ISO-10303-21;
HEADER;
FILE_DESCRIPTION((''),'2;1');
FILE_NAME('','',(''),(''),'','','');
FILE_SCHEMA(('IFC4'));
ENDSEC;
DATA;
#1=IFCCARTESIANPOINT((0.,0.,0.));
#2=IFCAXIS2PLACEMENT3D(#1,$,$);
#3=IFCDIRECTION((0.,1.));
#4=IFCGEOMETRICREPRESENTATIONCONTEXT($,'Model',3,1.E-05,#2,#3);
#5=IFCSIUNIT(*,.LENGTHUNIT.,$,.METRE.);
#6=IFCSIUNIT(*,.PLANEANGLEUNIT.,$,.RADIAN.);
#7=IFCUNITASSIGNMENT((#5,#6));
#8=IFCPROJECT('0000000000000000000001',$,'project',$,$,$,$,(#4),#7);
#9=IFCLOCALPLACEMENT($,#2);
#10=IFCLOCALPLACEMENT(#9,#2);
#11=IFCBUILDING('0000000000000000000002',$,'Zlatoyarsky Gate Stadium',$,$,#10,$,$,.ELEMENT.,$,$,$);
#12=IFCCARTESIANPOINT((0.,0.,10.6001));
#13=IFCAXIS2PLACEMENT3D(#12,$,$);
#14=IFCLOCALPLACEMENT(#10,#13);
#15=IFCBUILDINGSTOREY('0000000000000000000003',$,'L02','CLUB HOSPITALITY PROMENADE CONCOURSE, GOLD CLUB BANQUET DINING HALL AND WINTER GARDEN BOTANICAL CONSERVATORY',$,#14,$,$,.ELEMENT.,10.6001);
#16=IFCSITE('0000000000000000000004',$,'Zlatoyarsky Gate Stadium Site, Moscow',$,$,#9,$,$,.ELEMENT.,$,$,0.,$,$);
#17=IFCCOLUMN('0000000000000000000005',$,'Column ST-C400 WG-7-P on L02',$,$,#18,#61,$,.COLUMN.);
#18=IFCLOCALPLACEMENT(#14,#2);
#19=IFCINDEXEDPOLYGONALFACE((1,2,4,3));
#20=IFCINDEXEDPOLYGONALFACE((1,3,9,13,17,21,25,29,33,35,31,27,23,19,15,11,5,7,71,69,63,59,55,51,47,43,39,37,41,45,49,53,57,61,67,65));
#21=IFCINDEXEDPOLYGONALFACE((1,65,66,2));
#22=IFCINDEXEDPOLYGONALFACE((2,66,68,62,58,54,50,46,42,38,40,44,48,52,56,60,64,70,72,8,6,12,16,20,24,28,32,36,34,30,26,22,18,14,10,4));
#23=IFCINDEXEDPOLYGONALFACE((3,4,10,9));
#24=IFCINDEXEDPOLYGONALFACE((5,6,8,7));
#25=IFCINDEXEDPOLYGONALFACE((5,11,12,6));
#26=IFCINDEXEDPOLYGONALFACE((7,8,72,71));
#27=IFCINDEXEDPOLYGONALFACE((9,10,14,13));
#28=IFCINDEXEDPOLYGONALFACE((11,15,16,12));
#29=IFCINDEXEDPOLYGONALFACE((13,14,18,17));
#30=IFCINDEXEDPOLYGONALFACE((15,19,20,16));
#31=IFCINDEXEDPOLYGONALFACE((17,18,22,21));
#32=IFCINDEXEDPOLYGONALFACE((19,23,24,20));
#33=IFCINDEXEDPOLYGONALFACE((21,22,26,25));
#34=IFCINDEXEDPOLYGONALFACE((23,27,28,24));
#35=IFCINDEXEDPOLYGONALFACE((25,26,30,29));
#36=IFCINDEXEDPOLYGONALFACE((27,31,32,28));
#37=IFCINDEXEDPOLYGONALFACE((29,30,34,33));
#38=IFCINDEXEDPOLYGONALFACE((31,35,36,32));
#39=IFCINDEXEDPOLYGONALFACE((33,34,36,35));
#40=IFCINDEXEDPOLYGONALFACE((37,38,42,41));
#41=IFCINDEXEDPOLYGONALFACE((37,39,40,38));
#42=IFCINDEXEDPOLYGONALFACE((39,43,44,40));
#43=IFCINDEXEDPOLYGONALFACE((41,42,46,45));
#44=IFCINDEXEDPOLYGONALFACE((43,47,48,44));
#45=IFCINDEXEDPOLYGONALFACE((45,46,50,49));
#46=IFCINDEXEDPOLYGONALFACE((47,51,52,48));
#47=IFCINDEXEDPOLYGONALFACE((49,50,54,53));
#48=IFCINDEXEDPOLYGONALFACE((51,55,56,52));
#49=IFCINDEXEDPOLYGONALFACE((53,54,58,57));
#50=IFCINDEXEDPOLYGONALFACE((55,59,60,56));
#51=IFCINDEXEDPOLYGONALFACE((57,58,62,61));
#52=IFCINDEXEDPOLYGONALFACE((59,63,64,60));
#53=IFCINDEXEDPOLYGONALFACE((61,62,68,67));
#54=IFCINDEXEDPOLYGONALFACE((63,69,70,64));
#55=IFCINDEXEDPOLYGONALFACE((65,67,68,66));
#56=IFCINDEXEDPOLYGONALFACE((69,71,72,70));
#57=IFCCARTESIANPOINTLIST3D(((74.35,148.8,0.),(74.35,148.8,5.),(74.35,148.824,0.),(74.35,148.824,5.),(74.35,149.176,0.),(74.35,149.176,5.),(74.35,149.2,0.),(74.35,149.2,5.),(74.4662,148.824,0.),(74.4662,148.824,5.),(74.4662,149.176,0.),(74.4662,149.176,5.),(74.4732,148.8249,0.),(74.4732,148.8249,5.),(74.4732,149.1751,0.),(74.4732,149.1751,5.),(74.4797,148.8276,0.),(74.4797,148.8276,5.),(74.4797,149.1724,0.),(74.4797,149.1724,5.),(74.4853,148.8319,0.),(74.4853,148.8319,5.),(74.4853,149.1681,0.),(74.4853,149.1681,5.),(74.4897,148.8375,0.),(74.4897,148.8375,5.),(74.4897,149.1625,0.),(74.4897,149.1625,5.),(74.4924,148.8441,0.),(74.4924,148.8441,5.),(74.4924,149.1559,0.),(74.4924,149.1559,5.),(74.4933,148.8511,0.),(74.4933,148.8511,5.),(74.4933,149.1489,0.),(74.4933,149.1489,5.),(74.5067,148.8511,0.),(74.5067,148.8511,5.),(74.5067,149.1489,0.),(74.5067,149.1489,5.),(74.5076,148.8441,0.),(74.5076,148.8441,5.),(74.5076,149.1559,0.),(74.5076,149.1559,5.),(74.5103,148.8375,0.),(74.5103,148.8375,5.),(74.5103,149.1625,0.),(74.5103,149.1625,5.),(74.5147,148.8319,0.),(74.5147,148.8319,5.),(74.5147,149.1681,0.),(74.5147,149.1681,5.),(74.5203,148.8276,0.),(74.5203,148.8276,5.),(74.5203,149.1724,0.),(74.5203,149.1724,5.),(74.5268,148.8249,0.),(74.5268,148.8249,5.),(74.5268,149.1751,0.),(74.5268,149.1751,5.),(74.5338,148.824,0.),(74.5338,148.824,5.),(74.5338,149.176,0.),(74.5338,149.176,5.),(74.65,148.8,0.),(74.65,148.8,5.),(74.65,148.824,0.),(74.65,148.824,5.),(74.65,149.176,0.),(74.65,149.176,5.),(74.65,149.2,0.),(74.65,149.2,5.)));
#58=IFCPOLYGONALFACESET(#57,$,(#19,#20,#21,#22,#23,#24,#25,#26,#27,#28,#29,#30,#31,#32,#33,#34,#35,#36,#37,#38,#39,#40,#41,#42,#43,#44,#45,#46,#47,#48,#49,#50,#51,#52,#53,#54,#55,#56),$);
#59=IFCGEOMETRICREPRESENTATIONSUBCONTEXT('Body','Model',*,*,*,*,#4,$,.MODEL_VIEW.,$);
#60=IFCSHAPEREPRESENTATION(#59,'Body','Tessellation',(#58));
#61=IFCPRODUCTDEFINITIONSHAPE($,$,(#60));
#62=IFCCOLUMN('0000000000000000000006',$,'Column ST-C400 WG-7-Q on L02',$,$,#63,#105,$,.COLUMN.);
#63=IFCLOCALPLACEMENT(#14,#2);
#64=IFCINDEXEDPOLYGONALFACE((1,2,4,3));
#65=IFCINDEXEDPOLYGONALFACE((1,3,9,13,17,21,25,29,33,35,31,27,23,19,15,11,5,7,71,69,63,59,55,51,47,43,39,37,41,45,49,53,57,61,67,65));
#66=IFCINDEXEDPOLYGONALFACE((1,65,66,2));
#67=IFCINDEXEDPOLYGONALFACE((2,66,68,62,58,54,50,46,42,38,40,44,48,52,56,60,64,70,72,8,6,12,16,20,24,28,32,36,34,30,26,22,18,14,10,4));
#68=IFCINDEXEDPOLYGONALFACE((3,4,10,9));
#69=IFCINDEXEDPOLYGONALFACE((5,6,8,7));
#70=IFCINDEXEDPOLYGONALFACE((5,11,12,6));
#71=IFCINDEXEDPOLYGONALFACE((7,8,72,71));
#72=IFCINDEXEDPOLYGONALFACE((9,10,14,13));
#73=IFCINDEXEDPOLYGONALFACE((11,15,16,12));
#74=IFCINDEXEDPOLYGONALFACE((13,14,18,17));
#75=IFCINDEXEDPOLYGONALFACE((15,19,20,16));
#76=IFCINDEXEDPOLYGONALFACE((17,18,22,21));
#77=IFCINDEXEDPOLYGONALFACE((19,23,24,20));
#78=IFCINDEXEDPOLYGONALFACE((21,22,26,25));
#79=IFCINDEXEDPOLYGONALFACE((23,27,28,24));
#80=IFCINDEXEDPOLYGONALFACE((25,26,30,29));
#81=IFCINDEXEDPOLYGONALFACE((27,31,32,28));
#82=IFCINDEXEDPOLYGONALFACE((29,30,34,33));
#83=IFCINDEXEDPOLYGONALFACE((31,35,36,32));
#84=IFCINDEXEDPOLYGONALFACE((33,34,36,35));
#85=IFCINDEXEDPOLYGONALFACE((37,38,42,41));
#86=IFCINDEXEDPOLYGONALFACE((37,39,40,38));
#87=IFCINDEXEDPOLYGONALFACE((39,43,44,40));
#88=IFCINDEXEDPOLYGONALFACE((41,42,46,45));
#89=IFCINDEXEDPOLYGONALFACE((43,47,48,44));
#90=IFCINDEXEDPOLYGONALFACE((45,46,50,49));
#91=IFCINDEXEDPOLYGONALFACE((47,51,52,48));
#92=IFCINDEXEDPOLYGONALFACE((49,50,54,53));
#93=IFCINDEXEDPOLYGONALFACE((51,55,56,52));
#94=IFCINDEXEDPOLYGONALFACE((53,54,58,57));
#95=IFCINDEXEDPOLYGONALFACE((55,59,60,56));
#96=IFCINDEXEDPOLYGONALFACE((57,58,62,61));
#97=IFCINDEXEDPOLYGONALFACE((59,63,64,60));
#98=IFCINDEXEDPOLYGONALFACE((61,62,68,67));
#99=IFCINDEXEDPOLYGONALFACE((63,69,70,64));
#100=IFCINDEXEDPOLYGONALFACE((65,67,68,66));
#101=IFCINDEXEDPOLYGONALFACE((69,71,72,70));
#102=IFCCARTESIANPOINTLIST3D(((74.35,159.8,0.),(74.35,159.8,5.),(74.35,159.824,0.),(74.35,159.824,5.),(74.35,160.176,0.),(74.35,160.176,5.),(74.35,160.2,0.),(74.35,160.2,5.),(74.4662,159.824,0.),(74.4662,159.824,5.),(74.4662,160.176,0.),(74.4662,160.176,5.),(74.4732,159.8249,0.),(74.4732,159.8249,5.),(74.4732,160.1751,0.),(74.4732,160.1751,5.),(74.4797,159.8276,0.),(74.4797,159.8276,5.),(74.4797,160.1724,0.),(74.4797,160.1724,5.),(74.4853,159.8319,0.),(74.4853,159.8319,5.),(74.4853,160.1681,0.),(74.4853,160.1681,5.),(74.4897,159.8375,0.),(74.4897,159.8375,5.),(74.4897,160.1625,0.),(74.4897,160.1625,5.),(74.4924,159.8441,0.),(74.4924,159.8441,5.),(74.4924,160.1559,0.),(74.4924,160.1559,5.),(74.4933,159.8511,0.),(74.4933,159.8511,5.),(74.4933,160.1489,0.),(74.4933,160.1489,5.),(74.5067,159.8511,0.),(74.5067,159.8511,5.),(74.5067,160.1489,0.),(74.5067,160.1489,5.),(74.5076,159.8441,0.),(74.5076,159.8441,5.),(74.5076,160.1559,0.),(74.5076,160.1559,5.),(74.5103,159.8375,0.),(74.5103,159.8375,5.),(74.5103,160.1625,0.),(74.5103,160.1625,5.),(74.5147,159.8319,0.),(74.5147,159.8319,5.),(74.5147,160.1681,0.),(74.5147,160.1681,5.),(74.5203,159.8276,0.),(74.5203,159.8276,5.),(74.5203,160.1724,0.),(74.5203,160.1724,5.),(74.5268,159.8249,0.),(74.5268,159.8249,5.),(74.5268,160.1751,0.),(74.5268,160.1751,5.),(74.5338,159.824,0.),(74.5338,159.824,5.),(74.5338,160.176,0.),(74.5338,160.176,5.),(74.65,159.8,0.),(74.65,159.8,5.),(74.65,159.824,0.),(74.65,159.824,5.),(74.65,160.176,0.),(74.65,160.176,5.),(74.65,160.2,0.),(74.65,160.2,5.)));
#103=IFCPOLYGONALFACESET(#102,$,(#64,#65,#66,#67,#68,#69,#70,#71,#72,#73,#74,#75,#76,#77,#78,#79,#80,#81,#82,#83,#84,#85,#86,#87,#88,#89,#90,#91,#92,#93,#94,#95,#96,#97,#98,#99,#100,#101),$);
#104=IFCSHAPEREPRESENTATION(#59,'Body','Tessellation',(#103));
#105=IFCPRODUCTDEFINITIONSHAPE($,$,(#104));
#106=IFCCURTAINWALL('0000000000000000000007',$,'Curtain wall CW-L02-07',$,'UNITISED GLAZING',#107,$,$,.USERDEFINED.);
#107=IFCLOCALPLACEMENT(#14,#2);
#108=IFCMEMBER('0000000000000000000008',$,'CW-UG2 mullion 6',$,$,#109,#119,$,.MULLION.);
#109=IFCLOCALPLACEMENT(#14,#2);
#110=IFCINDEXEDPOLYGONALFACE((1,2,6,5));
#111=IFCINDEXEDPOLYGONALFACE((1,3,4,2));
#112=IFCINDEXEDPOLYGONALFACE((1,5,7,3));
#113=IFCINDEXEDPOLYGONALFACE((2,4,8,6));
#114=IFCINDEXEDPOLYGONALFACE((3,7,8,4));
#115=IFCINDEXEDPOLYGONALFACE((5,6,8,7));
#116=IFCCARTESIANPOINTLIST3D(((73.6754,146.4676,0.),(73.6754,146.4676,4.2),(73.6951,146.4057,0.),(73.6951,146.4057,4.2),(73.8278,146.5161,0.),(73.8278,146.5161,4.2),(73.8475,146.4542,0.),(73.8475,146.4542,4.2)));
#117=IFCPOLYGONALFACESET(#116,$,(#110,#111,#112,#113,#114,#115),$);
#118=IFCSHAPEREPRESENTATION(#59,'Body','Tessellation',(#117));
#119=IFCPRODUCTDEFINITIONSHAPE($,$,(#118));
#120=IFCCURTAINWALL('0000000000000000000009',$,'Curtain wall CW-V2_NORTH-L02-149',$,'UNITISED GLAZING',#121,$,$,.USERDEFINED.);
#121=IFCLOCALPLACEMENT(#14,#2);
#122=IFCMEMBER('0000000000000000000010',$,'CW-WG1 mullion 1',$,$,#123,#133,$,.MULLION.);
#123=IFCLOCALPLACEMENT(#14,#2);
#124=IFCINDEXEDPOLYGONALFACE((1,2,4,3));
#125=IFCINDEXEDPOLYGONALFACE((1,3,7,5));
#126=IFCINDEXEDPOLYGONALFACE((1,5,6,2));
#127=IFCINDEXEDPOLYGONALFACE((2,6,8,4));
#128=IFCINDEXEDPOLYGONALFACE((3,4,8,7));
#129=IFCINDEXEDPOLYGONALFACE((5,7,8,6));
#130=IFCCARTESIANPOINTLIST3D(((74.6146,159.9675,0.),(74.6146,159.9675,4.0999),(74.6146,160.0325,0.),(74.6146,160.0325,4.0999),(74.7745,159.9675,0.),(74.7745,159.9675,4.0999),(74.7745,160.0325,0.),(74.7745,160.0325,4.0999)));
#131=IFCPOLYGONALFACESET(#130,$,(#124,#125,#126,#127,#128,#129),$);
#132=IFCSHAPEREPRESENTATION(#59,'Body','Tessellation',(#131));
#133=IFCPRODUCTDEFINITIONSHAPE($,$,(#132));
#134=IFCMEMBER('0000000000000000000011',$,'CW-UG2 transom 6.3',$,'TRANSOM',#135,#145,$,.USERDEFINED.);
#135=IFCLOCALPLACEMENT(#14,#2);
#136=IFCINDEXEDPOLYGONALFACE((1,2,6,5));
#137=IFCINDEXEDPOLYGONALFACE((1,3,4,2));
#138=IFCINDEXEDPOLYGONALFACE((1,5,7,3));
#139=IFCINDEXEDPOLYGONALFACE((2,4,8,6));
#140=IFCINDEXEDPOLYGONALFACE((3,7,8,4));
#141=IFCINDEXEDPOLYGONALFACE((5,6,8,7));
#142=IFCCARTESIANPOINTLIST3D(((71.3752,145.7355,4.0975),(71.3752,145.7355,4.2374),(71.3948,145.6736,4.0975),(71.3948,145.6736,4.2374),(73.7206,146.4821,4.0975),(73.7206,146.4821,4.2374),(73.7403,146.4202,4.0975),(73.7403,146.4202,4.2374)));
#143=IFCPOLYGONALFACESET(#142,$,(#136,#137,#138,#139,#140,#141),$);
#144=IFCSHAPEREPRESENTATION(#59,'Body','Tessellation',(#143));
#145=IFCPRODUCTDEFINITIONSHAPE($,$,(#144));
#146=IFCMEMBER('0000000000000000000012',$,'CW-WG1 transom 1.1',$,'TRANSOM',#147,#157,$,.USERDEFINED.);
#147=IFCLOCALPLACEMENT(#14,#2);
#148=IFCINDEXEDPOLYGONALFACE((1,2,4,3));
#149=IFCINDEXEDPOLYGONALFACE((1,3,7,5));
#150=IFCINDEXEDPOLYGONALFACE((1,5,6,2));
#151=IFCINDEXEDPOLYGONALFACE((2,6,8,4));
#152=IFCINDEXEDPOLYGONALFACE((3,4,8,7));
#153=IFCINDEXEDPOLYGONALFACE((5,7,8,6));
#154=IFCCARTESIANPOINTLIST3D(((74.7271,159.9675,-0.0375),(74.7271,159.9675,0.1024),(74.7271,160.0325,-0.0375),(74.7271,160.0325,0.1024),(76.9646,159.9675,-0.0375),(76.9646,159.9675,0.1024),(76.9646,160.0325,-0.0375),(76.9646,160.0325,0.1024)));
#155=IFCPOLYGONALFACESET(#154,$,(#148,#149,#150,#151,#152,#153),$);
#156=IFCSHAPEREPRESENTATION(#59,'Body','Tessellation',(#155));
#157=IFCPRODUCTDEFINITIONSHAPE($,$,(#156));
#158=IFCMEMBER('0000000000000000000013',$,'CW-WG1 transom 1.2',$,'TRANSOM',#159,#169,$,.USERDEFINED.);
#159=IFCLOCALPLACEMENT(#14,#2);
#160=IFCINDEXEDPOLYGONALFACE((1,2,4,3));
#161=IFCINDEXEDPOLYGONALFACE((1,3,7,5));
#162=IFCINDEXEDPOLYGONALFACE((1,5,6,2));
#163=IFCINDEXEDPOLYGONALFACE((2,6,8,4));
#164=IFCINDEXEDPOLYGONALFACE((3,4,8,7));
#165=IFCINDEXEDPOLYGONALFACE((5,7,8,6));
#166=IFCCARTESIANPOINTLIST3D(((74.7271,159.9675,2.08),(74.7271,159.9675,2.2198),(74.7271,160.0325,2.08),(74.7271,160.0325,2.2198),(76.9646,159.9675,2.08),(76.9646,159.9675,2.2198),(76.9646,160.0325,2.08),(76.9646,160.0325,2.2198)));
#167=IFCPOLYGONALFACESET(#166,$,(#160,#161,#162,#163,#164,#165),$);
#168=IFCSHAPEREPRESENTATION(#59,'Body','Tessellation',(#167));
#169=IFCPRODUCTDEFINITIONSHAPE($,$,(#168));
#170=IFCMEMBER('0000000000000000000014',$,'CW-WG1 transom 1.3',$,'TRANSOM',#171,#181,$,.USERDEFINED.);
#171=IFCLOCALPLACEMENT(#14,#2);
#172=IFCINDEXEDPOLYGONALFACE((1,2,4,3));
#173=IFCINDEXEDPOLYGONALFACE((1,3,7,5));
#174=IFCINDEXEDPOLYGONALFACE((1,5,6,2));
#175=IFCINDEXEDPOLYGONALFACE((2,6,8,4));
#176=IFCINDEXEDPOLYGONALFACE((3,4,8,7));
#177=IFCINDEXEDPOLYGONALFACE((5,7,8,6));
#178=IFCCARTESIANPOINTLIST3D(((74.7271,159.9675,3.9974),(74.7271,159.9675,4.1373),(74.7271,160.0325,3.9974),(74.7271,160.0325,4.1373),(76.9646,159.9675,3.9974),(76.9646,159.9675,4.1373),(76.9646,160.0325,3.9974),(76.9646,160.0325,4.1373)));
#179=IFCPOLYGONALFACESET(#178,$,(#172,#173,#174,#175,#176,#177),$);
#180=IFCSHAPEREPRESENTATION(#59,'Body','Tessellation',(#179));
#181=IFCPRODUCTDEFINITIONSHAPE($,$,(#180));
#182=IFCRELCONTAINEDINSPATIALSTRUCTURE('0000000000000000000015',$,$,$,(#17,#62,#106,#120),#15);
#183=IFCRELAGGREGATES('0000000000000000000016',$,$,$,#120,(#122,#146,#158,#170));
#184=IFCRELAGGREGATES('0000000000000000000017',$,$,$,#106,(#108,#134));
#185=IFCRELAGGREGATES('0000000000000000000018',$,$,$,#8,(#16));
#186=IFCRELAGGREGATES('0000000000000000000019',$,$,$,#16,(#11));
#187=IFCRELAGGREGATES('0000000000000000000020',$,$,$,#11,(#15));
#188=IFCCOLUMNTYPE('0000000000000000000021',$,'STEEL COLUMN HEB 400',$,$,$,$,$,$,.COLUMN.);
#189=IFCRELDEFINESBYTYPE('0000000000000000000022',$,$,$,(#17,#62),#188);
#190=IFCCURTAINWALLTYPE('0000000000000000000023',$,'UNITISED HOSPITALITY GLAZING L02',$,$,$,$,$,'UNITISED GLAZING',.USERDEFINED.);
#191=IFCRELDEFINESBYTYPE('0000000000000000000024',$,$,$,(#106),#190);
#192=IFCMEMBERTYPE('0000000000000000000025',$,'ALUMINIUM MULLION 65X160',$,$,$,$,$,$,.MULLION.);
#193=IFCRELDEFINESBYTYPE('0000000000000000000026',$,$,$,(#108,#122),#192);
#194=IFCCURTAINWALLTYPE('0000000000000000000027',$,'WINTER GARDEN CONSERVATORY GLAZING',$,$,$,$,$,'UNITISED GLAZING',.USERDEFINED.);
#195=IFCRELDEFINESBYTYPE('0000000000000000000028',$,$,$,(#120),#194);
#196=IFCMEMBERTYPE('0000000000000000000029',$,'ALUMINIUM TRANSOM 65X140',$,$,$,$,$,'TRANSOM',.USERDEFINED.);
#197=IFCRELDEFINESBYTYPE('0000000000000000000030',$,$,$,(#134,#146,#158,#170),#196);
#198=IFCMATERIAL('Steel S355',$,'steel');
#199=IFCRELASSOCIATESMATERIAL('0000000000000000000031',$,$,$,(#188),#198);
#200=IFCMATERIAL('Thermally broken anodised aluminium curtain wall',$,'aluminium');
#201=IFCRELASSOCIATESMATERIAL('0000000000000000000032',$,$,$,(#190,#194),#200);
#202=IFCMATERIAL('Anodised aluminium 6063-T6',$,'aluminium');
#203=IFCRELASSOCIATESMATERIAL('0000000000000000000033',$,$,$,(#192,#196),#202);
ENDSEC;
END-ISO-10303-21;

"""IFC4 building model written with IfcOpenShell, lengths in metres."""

from ifc_helpers import new_model, si_unit, direction, frame, origin, origin_2d, place, context, subcontext, project, spatial, rectangle, i_section, extrude, material, material_profile, profile_set, type_object, element, aggregate, save


model = new_model("IFC4")

# Units and contexts
model_context = context("Model", 3, precision=1e-05, world=origin(), true_north=direction((0.0, 1.0)))
body_context = subcontext(model_context, "Body", "Model", "MODEL_VIEW")
ifc_project = project(units=[si_unit("LENGTHUNIT", "METRE"), si_unit("PLANEANGLEUNIT", "RADIAN")], contexts=[model_context])

# Site, building, storey
site_placement = place(None, origin())
site = spatial("IfcSite", under=ifc_project, at=site_placement, Name="Zlatoyarsky Gate Stadium Site, Moscow", CompositionType="ELEMENT", RefElevation=0.0)
building_placement = place(site_placement, origin())
building = spatial("IfcBuilding", under=site, at=building_placement, Name="Zlatoyarsky Gate Stadium", CompositionType="ELEMENT")
storey_placement = place(building_placement, frame((0.0, 0.0, 10.6001)))
storey = spatial("IfcBuildingStorey", under=building, at=storey_placement, Name="L02", Description="CLUB HOSPITALITY PROMENADE CONCOURSE, GOLD CLUB BANQUET DINING HALL AND WINTER GARDEN BOTANICAL CONSERVATORY", CompositionType="ELEMENT", Elevation=10.6001)

# Columns
ifc_material_1 = material(Name="Steel S355", Category="steel")
ifc_material_profile_1 = material_profile(ifc_material_1, i_section(OverallWidth=0.3, OverallDepth=0.3999, WebThickness=0.0134, FlangeThickness=0.0239, FilletRadius=0.0271, at=origin_2d()), Name="HEB 400")
ifc_profile_set_1 = profile_set([ifc_material_profile_1], Name="Steel S355")
column_type = type_object("IfcColumnType", Name="STEEL COLUMN HEB 400", PredefinedType="COLUMN", material=ifc_profile_set_1)
for number, where, z_axis, x_axis, name in (
    (1, (74.5, 149.0, 0.0), (0.0, 0.0, 1.0), (1.0, 0.0, 0.0), "Column ST-C400 WG-7-P on L02"),
    (2, (74.5, 160.0, 0.0), (0.0, 0.0, 1.0), (1.0, 0.0, 0.0), "Column ST-C400 WG-7-Q on L02"),
):
    element("IfcColumn", number, at=place(storey_placement, frame(where, z_axis=z_axis, x_axis=x_axis)), inside=storey, type_object=column_type, Name=name, PredefinedType="COLUMN", context=body_context, shape_type="SweptSolid", body=[
        extrude(i_section(OverallWidth=0.3, OverallDepth=0.3999, WebThickness=0.0134, FlangeThickness=0.0239, FilletRadius=0.0271, at=origin_2d()), origin(), (0.0, 0.0, 1.0), 5.0),
    ])

# Curtain walls, members
ifc_material_2 = material(Name="Thermally broken anodised aluminium curtain wall", Category="aluminium")
curtain_wall_type_1 = type_object("IfcCurtainWallType", Name="UNITISED HOSPITALITY GLAZING L02", ElementType="UNITISED GLAZING", PredefinedType="USERDEFINED", material=ifc_material_2)
curtain_wall_1_placement = place(storey_placement, origin())
curtain_wall_1 = element("IfcCurtainWall", 3, at=curtain_wall_1_placement, inside=storey, type_object=curtain_wall_type_1, Name="Curtain wall CW-L02-07", ObjectType="UNITISED GLAZING", PredefinedType="USERDEFINED")
ifc_material_3 = material(Name="Anodised aluminium 6063-T6", Category="aluminium")
ifc_material_profile_2 = material_profile(ifc_material_3, rectangle(XDim=0.0649, YDim=0.1599, at=origin_2d()), Name="ALU 65X160")
ifc_profile_set_2 = profile_set([ifc_material_profile_2], Name="Anodised aluminium 6063-T6")
member_type_1 = type_object("IfcMemberType", Name="ALUMINIUM MULLION 65X160", PredefinedType="MULLION", material=ifc_profile_set_2)
member_1_placement = place(storey_placement, frame((73.7615, 146.4609, 0.0), z_axis=(0.0, 0.0, 1.0), x_axis=(0.303279, -0.952902, 0.0)))
member_1 = element("IfcMember", 4, at=member_1_placement, type_object=member_type_1, Name="CW-UG2 mullion 6", PredefinedType="MULLION", context=body_context, shape_type="SweptSolid", body=[
    extrude(rectangle(XDim=0.0649, YDim=0.1599, at=origin_2d()), origin(), (0.0, 0.0, 1.0), 4.2),
])
curtain_wall_type_2 = type_object("IfcCurtainWallType", Name="WINTER GARDEN CONSERVATORY GLAZING", ElementType="UNITISED GLAZING", PredefinedType="USERDEFINED", material=ifc_material_2)
curtain_wall_2_placement = place(storey_placement, origin())
curtain_wall_2 = element("IfcCurtainWall", 5, at=curtain_wall_2_placement, inside=storey, type_object=curtain_wall_type_2, Name="Curtain wall CW-V2_NORTH-L02-149", ObjectType="UNITISED GLAZING", PredefinedType="USERDEFINED")
member_2_placement = place(storey_placement, frame((74.6946, 160.0, 0.0), z_axis=(0.0, 0.0, 1.0), x_axis=(0.0, 1.0, 0.0)))
member_2 = element("IfcMember", 6, at=member_2_placement, type_object=member_type_1, Name="CW-WG1 mullion 1", PredefinedType="MULLION", context=body_context, shape_type="SweptSolid", body=[
    extrude(rectangle(XDim=0.0649, YDim=0.1599, at=origin_2d()), origin(), (0.0, 0.0, 1.0), 4.0999),
])

# Members
ifc_material_profile_3 = material_profile(ifc_material_3, rectangle(XDim=0.0649, YDim=0.1399, at=origin_2d()), Name="ALU 65X140")
ifc_profile_set_3 = profile_set([ifc_material_profile_3], Name="Anodised aluminium 6063-T6")
member_type_2 = type_object("IfcMemberType", Name="ALUMINIUM TRANSOM 65X140", ElementType="TRANSOM", PredefinedType="USERDEFINED", material=ifc_profile_set_3)
member_3_placement = place(storey_placement, frame((73.7305, 146.4512, 4.1675), z_axis=(-0.952891, -0.303314, 0.0), x_axis=(0.303314, -0.952891, 0.0)))
member_3 = element("IfcMember", 7, at=member_3_placement, type_object=member_type_2, Name="CW-UG2 transom 6.3", ObjectType="TRANSOM", PredefinedType="USERDEFINED", context=body_context, shape_type="SweptSolid", body=[
    extrude(rectangle(XDim=0.0649, YDim=0.1399, at=origin_2d()), origin(), (0.0, 0.0, 1.0), 2.4614),
])
member_4_placement = place(storey_placement, frame((74.7271, 160.0, 0.0325), z_axis=(1.0, 0.0, 0.0), x_axis=(0.0, 1.0, 0.0)))
member_4 = element("IfcMember", 8, at=member_4_placement, type_object=member_type_2, Name="CW-WG1 transom 1.1", ObjectType="TRANSOM", PredefinedType="USERDEFINED", context=body_context, shape_type="SweptSolid", body=[
    extrude(rectangle(XDim=0.0649, YDim=0.1399, at=origin_2d()), origin(), (0.0, 0.0, 1.0), 2.2375),
])
member_5_placement = place(storey_placement, frame((74.7271, 160.0, 2.1499), z_axis=(1.0, 0.0, 0.0), x_axis=(0.0, 1.0, 0.0)))
member_5 = element("IfcMember", 9, at=member_5_placement, type_object=member_type_2, Name="CW-WG1 transom 1.2", ObjectType="TRANSOM", PredefinedType="USERDEFINED", context=body_context, shape_type="SweptSolid", body=[
    extrude(rectangle(XDim=0.0649, YDim=0.1399, at=origin_2d()), origin(), (0.0, 0.0, 1.0), 2.2375),
])
member_6_placement = place(storey_placement, frame((74.7271, 160.0, 4.0674), z_axis=(1.0, 0.0, 0.0), x_axis=(0.0, 1.0, 0.0)))
member_6 = element("IfcMember", 10, at=member_6_placement, type_object=member_type_2, Name="CW-WG1 transom 1.3", ObjectType="TRANSOM", PredefinedType="USERDEFINED", context=body_context, shape_type="SweptSolid", body=[
    extrude(rectangle(XDim=0.0649, YDim=0.1399, at=origin_2d()), origin(), (0.0, 0.0, 1.0), 2.2375),
])
aggregate(curtain_wall_2, [member_2, member_4, member_5, member_6])

aggregate(curtain_wall_1, [member_1, member_3])

save(model, "model.ifc")
